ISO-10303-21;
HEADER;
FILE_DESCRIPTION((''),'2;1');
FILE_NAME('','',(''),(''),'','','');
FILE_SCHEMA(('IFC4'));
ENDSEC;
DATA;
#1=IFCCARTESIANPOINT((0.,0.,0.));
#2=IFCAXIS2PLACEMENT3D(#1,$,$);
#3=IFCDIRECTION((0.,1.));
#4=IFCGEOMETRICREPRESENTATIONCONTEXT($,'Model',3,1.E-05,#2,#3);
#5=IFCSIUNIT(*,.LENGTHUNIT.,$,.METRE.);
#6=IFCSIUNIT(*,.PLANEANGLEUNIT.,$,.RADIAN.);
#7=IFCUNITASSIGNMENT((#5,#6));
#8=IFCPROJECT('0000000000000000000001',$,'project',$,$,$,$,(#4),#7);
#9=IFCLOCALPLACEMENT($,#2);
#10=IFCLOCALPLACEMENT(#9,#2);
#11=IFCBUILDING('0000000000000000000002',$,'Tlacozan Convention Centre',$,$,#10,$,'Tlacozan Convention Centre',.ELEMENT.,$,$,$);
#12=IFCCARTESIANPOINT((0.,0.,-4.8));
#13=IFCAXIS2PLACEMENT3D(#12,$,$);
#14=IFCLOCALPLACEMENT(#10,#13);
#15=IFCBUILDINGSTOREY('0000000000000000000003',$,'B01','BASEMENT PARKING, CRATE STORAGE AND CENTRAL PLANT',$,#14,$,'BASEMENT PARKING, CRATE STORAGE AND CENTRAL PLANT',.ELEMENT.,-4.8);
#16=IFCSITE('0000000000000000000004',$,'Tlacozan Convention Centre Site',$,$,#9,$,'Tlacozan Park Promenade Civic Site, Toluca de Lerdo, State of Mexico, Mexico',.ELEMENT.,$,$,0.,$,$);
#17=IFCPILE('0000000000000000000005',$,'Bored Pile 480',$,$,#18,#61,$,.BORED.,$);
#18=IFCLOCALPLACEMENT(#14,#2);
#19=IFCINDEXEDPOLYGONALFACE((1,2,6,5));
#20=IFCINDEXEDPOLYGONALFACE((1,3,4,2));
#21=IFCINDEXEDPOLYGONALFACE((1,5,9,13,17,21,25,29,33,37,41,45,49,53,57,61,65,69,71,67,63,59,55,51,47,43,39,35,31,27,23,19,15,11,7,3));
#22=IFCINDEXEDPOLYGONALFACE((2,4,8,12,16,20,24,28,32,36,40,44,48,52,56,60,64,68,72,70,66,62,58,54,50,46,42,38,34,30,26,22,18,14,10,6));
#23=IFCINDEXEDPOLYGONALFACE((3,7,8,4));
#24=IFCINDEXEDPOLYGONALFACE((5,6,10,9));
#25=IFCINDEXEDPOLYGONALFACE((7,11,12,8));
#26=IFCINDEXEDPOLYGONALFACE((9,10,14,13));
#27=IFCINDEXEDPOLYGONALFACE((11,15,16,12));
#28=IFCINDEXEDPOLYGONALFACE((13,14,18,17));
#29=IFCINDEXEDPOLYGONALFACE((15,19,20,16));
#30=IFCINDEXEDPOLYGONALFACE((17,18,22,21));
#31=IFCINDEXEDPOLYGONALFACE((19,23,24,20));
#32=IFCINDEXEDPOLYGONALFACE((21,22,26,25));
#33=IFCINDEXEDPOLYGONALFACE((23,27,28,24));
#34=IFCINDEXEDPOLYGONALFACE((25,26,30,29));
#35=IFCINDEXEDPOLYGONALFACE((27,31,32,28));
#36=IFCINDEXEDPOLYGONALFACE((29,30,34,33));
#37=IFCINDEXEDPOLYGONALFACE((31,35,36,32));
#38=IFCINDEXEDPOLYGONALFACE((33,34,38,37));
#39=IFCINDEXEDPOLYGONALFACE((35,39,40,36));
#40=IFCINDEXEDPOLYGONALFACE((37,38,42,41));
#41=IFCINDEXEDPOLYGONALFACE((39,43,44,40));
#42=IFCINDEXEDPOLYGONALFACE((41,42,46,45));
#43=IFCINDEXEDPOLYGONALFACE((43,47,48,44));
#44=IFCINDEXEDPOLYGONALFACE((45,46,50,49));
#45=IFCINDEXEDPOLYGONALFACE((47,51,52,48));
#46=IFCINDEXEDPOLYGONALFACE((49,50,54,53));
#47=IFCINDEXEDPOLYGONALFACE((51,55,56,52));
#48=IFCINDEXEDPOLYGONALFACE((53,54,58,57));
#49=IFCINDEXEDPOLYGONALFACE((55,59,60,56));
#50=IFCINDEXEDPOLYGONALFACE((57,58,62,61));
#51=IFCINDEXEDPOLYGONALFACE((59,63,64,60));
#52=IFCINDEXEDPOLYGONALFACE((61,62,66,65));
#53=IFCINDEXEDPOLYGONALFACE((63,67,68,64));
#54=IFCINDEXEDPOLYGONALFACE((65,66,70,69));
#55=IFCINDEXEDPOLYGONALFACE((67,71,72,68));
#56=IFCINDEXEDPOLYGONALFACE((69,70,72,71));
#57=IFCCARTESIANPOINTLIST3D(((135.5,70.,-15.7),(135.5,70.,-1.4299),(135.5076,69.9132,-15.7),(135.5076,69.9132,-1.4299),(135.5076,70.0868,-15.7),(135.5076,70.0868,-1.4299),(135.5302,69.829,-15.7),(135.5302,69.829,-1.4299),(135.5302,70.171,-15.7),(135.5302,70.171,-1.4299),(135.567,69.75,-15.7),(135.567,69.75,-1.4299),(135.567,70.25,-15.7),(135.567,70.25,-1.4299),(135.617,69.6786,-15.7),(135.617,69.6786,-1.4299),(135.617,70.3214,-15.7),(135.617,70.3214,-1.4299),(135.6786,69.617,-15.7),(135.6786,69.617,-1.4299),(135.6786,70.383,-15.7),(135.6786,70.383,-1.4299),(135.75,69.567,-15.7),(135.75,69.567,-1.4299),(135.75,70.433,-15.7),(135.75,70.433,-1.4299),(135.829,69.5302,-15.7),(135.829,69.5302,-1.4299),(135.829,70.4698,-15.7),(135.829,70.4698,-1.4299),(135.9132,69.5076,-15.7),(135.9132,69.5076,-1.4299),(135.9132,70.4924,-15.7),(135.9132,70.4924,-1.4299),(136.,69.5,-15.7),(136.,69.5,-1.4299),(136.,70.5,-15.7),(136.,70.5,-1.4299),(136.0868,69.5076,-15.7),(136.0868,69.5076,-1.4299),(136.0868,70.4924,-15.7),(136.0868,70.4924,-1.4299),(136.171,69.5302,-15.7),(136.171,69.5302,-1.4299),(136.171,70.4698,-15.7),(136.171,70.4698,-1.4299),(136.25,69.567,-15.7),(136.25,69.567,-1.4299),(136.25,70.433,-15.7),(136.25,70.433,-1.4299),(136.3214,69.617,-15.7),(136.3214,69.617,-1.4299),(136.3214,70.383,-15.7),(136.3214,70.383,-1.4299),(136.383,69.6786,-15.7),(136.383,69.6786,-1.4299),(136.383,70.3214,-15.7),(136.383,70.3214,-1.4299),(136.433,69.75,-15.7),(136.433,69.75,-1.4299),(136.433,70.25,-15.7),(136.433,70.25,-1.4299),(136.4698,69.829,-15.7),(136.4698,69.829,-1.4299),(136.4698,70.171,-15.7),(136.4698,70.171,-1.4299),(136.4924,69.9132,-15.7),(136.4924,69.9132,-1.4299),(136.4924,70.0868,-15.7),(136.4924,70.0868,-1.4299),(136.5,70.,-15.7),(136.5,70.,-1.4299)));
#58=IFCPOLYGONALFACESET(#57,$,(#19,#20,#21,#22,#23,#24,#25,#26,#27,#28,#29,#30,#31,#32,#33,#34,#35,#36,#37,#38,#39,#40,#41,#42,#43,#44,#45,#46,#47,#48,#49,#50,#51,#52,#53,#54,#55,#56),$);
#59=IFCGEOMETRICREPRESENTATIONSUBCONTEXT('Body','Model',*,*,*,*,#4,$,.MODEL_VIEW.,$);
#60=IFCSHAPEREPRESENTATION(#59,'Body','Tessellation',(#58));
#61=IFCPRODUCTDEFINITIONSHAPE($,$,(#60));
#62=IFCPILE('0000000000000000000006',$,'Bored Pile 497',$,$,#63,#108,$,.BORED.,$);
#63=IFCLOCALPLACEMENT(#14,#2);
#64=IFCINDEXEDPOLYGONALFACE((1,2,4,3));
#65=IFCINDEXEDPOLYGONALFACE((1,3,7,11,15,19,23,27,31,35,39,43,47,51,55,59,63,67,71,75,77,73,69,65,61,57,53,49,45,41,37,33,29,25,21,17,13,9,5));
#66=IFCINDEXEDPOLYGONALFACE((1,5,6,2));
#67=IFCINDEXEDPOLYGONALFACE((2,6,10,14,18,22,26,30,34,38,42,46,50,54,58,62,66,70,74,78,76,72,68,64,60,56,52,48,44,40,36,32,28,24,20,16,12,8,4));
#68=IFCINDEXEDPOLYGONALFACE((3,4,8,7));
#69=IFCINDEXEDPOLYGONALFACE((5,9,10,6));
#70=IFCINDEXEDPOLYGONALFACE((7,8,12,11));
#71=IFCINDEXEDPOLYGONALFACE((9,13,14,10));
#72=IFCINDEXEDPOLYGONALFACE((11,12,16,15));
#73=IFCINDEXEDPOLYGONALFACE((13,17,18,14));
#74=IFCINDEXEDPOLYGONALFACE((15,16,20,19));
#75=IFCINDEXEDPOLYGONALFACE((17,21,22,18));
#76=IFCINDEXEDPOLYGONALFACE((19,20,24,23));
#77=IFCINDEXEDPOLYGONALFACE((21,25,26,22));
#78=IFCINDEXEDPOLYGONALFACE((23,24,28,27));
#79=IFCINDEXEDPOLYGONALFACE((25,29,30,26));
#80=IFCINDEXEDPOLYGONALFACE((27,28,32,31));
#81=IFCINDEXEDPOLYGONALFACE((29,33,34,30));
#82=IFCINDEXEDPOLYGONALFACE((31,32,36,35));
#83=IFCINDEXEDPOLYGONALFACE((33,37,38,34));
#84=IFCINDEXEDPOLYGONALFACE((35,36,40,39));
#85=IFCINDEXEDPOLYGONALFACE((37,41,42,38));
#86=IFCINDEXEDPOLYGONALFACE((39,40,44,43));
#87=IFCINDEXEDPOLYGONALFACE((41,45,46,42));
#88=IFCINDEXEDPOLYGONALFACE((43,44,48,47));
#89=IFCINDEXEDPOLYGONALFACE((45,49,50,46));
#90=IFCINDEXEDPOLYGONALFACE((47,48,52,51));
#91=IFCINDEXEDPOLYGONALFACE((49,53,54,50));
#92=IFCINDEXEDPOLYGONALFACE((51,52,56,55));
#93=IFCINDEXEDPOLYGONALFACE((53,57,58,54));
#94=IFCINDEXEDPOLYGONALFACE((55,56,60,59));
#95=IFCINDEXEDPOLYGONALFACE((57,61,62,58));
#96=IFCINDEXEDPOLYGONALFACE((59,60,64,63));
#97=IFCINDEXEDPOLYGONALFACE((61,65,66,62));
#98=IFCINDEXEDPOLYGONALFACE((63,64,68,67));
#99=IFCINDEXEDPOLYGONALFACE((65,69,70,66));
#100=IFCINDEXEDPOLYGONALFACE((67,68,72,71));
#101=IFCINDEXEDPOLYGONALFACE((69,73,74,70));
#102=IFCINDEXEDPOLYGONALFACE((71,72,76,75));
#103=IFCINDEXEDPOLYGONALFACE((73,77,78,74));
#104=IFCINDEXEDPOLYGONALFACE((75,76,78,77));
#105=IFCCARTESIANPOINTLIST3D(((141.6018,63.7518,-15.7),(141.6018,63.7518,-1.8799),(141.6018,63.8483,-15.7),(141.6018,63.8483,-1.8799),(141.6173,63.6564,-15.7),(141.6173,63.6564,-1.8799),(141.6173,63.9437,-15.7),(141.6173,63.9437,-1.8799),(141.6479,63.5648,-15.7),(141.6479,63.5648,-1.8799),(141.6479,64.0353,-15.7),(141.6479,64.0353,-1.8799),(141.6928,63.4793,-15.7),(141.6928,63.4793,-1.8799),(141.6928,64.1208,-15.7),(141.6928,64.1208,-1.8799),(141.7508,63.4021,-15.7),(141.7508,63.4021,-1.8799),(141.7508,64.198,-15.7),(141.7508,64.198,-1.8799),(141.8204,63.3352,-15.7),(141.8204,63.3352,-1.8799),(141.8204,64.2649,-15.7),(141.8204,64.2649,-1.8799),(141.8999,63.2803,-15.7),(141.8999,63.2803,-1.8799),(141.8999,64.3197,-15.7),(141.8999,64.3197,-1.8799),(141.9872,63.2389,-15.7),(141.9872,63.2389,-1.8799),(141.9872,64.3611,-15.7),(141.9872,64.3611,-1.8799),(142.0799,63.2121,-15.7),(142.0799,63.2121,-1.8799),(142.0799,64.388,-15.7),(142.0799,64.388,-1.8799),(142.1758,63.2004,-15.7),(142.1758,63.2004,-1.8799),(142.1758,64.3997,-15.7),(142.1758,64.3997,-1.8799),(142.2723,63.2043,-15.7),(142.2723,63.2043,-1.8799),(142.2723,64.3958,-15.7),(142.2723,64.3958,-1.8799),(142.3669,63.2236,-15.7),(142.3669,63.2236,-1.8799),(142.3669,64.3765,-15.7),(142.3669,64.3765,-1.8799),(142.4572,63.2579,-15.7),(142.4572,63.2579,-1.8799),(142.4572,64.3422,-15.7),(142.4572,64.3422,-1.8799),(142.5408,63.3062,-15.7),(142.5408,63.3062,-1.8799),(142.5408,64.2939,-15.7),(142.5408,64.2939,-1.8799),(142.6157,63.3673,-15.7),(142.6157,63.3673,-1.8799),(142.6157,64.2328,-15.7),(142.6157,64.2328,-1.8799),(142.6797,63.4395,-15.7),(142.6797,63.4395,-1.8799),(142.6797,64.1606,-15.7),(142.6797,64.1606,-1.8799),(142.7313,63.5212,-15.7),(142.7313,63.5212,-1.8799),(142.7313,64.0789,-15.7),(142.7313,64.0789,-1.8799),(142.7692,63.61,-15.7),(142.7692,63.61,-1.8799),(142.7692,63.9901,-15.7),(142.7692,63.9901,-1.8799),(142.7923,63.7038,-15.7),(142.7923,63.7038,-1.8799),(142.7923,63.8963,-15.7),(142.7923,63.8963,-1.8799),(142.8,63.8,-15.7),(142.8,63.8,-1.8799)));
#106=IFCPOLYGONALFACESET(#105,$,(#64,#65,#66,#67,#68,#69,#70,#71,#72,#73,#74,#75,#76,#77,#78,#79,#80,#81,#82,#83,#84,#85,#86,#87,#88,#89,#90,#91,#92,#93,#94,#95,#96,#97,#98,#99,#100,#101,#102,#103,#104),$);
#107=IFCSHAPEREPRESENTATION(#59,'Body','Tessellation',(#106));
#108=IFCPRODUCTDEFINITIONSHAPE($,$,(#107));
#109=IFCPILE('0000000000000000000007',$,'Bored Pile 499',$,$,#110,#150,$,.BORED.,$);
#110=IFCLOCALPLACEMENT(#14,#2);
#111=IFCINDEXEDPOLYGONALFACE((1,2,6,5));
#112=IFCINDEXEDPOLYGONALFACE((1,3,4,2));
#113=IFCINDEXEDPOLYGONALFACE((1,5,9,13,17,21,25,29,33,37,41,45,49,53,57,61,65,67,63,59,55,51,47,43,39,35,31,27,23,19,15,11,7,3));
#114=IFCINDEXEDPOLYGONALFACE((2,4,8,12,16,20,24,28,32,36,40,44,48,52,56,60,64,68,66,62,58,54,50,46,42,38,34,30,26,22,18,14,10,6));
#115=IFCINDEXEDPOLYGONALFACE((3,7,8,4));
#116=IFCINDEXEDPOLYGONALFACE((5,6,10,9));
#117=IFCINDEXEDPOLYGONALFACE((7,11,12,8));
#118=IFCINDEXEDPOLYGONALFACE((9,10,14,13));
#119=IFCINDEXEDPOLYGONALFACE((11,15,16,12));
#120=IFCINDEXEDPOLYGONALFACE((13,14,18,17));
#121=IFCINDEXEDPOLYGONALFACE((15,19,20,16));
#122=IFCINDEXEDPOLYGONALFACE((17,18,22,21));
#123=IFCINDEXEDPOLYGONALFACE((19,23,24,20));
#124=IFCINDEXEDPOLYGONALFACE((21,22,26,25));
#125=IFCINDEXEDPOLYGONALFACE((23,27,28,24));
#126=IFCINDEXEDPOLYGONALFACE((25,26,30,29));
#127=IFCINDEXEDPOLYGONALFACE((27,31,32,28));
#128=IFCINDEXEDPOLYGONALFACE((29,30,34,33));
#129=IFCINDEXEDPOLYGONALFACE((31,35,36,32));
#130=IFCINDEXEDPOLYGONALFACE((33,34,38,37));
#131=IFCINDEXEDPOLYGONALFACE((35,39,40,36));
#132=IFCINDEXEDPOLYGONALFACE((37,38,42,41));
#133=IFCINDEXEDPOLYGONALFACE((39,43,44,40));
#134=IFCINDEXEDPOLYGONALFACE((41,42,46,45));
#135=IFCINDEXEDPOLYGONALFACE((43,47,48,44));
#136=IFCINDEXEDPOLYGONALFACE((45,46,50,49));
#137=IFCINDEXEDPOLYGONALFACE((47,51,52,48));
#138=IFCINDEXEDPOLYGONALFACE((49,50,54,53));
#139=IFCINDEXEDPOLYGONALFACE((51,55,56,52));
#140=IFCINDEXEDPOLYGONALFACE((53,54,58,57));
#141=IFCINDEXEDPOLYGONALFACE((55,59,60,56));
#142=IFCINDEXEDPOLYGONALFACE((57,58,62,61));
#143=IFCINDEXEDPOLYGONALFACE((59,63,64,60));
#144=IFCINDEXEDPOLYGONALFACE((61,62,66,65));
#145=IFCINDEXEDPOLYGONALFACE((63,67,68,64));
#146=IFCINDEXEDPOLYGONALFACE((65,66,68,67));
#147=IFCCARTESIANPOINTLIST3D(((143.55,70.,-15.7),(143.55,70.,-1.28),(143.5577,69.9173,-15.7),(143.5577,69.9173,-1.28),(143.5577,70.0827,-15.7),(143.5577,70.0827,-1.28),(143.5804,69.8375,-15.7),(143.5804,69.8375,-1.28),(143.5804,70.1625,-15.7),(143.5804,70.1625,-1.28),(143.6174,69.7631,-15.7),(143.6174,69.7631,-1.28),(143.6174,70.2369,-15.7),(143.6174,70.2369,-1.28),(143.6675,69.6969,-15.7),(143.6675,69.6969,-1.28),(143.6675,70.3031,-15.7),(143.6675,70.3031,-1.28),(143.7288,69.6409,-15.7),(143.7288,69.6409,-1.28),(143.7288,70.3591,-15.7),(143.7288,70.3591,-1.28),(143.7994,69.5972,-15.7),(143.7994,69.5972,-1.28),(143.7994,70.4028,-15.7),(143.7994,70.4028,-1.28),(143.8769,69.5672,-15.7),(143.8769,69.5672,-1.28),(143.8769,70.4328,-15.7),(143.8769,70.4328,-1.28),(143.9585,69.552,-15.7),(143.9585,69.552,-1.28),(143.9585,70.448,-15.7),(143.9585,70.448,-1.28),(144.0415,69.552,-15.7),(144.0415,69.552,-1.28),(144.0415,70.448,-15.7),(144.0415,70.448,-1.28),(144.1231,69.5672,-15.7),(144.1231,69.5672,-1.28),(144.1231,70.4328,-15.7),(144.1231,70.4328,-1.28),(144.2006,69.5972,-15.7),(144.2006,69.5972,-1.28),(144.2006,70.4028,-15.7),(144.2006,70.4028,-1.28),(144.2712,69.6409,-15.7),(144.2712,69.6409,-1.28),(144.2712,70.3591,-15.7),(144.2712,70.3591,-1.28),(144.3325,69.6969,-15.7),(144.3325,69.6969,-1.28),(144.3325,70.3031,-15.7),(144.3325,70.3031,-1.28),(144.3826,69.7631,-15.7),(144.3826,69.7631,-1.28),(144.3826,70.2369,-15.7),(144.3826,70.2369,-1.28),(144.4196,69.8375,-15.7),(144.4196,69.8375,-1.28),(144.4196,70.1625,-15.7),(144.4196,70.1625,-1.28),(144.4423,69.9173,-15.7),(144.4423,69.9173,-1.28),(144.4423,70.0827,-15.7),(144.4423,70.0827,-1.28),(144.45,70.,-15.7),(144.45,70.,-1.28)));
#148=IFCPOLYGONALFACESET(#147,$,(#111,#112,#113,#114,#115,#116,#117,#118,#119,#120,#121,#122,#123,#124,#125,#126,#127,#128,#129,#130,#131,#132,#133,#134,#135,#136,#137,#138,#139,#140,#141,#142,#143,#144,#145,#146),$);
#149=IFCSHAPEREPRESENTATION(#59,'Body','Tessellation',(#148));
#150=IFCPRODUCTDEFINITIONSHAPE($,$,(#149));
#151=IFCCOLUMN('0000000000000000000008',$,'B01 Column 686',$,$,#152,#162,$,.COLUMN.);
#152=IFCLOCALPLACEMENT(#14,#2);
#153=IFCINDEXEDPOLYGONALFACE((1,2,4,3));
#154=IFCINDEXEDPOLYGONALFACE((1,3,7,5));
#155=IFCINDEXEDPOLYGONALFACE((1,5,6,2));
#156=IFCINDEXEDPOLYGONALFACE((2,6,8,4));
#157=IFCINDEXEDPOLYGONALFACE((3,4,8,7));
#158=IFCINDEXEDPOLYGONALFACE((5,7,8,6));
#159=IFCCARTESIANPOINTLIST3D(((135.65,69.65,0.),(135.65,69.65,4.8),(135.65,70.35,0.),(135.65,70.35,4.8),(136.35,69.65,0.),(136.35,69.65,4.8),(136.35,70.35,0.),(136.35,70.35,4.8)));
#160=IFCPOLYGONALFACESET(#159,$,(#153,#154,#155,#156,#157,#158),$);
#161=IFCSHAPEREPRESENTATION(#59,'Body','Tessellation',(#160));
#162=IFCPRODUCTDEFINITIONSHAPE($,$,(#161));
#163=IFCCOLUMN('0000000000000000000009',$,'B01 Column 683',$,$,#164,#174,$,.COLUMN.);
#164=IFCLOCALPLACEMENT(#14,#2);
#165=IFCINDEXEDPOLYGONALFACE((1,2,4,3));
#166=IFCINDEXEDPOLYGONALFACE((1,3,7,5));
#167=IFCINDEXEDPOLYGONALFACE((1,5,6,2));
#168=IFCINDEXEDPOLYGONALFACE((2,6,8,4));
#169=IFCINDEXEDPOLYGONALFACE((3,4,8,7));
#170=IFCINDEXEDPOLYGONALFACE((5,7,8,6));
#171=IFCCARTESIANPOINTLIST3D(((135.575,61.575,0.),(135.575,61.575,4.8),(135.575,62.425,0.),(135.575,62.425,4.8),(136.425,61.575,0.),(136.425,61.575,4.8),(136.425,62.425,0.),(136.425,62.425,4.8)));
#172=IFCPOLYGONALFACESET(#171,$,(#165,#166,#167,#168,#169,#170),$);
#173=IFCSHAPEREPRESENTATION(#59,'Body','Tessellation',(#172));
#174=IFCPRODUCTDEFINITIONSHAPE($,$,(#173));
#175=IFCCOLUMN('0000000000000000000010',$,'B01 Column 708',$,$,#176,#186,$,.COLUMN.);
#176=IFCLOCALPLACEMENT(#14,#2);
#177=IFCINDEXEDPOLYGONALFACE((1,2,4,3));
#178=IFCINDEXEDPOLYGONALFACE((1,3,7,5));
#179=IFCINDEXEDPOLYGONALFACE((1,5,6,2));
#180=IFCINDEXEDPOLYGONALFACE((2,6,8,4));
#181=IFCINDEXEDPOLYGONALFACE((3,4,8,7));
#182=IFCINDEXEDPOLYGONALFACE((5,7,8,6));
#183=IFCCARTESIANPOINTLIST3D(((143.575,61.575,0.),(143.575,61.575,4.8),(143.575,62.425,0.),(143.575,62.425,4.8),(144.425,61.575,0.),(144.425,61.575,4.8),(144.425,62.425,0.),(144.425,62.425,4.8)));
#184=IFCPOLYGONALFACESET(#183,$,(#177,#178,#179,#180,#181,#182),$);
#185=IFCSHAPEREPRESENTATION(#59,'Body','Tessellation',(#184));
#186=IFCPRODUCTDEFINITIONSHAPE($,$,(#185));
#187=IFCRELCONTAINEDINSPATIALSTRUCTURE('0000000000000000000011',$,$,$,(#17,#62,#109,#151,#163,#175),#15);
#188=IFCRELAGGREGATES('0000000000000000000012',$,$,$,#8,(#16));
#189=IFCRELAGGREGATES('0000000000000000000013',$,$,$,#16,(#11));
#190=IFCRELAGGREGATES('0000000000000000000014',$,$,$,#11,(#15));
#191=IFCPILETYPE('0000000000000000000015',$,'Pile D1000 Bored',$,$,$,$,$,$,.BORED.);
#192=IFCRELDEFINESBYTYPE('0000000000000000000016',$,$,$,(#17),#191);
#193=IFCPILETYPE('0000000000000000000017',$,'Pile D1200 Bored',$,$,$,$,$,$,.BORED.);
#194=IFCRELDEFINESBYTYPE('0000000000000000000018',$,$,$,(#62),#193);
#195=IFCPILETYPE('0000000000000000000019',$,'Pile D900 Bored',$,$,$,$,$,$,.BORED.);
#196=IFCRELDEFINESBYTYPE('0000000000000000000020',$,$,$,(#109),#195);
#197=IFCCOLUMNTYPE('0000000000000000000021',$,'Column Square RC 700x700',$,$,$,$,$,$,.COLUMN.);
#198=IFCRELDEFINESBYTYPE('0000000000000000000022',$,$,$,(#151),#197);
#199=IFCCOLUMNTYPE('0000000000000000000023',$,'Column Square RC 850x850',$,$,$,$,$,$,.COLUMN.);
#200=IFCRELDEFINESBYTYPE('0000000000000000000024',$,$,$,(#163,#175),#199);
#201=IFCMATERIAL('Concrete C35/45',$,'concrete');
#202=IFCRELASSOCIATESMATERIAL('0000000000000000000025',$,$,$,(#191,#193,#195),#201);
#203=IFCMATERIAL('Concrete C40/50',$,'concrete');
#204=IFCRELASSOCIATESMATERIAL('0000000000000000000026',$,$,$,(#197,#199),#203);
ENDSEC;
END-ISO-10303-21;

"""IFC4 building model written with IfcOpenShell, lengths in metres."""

from ifc_helpers import new_model, si_unit, direction, frame, origin, origin_2d, place, context, subcontext, project, spatial, rectangle, circle, extrude, material, material_profile, profile_set, type_object, element, save


model = new_model("IFC4")

# Units and contexts
model_context = context("Model", 3, precision=1e-05, world=origin(), true_north=direction((0.0, 1.0)))
body_context = subcontext(model_context, "Body", "Model", "MODEL_VIEW")
ifc_project = project(units=[si_unit("LENGTHUNIT", "METRE"), si_unit("PLANEANGLEUNIT", "RADIAN")], contexts=[model_context])

# Site, building, storey
site_placement = place(None, origin())
site = spatial("IfcSite", under=ifc_project, at=site_placement, Name="Tlacozan Convention Centre Site", LongName="Tlacozan Park Promenade Civic Site, Toluca de Lerdo, State of Mexico, Mexico", CompositionType="ELEMENT", RefElevation=0.0)
building_placement = place(site_placement, origin())
building = spatial("IfcBuilding", under=site, at=building_placement, Name="Tlacozan Convention Centre", LongName="Tlacozan Convention Centre", CompositionType="ELEMENT")
storey_placement = place(building_placement, frame((0.0, 0.0, -4.8)))
storey = spatial("IfcBuildingStorey", under=building, at=storey_placement, Name="B01", Description="BASEMENT PARKING, CRATE STORAGE AND CENTRAL PLANT", LongName="BASEMENT PARKING, CRATE STORAGE AND CENTRAL PLANT", CompositionType="ELEMENT", Elevation=-4.8)

# Shared definitions
ifc_material_1 = material(Name="Concrete C35/45", Category="concrete")

# Piles
ifc_material_profile_1 = material_profile(ifc_material_1, circle(Radius=0.5, at=origin_2d()), Name="PILE D1000")
ifc_profile_set_1 = profile_set([ifc_material_profile_1], Name="Concrete C35/45")
pile_type_1 = type_object("IfcPileType", Name="Pile D1000 Bored", PredefinedType="BORED", material=ifc_profile_set_1)
pile_1_placement = place(storey_placement, frame((136.0, 70.0, -1.4299), z_axis=(0.0, 0.0, -1.0), x_axis=(1.0, 0.0, 0.0)))
element("IfcPile", 1, at=pile_1_placement, inside=storey, type_object=pile_type_1, Name="Bored Pile 480", PredefinedType="BORED", context=body_context, shape_type="SweptSolid", body=[
    extrude(circle(Radius=0.5, at=origin_2d()), origin(), (0.0, 0.0, 1.0), 14.27),
])
ifc_material_profile_2 = material_profile(ifc_material_1, circle(Radius=0.6001, at=origin_2d()), Name="PILE D1200")
ifc_profile_set_2 = profile_set([ifc_material_profile_2], Name="Concrete C35/45")
pile_type_2 = type_object("IfcPileType", Name="Pile D1200 Bored", PredefinedType="BORED", material=ifc_profile_set_2)
pile_2_placement = place(storey_placement, frame((142.2, 63.8, -1.8799), z_axis=(0.0, 0.0, -1.0), x_axis=(1.0, 0.0, 0.0)))
element("IfcPile", 2, at=pile_2_placement, inside=storey, type_object=pile_type_2, Name="Bored Pile 497", PredefinedType="BORED", context=body_context, shape_type="SweptSolid", body=[
    extrude(circle(Radius=0.6001, at=origin_2d()), origin(), (0.0, 0.0, 1.0), 13.8201),
])
ifc_material_profile_3 = material_profile(ifc_material_1, circle(Radius=0.45, at=origin_2d()), Name="PILE D900")
ifc_profile_set_3 = profile_set([ifc_material_profile_3], Name="Concrete C35/45")
pile_type_3 = type_object("IfcPileType", Name="Pile D900 Bored", PredefinedType="BORED", material=ifc_profile_set_3)
pile_3_placement = place(storey_placement, frame((144.0, 70.0, -1.28), z_axis=(0.0, 0.0, -1.0), x_axis=(1.0, 0.0, 0.0)))
element("IfcPile", 3, at=pile_3_placement, inside=storey, type_object=pile_type_3, Name="Bored Pile 499", PredefinedType="BORED", context=body_context, shape_type="SweptSolid", body=[
    extrude(circle(Radius=0.45, at=origin_2d()), origin(), (0.0, 0.0, 1.0), 14.4199),
])

# Columns
ifc_material_2 = material(Name="Concrete C40/50", Category="concrete")
ifc_material_profile_4 = material_profile(ifc_material_2, rectangle(XDim=0.7, YDim=0.7, at=origin_2d()), Name="RC 700x700")
ifc_profile_set_4 = profile_set([ifc_material_profile_4], Name="Concrete C40/50")
column_type_1 = type_object("IfcColumnType", Name="Column Square RC 700x700", PredefinedType="COLUMN", material=ifc_profile_set_4)
column_placement = place(storey_placement, frame((136.0, 70.0, 0.0), z_axis=(0.0, 0.0, 1.0), x_axis=(1.0, 0.0, 0.0)))
element("IfcColumn", 4, at=column_placement, inside=storey, type_object=column_type_1, Name="B01 Column 686", PredefinedType="COLUMN", context=body_context, shape_type="SweptSolid", body=[
    extrude(rectangle(XDim=0.7, YDim=0.7, at=origin_2d()), origin(), (0.0, 0.0, 1.0), 4.8),
])
ifc_material_profile_5 = material_profile(ifc_material_2, rectangle(XDim=0.8501, YDim=0.8501, at=origin_2d()), Name="RC 850x850")
ifc_profile_set_5 = profile_set([ifc_material_profile_5], Name="Concrete C40/50")
column_type_2 = type_object("IfcColumnType", Name="Column Square RC 850x850", PredefinedType="COLUMN", material=ifc_profile_set_5)
for number, where, z_axis, x_axis, name in (
    (5, (136.0, 62.0, 0.0), (0.0, 0.0, 1.0), (1.0, 0.0, 0.0), "B01 Column 683"),
    (6, (144.0, 62.0, 0.0), (0.0, 0.0, 1.0), (1.0, 0.0, 0.0), "B01 Column 708"),
):
    element("IfcColumn", number, at=place(storey_placement, frame(where, z_axis=z_axis, x_axis=x_axis)), inside=storey, type_object=column_type_2, Name=name, PredefinedType="COLUMN", context=body_context, shape_type="SweptSolid", body=[
        extrude(rectangle(XDim=0.8501, YDim=0.8501, at=origin_2d()), origin(), (0.0, 0.0, 1.0), 4.8),
    ])

save(model, "model.ifc")
